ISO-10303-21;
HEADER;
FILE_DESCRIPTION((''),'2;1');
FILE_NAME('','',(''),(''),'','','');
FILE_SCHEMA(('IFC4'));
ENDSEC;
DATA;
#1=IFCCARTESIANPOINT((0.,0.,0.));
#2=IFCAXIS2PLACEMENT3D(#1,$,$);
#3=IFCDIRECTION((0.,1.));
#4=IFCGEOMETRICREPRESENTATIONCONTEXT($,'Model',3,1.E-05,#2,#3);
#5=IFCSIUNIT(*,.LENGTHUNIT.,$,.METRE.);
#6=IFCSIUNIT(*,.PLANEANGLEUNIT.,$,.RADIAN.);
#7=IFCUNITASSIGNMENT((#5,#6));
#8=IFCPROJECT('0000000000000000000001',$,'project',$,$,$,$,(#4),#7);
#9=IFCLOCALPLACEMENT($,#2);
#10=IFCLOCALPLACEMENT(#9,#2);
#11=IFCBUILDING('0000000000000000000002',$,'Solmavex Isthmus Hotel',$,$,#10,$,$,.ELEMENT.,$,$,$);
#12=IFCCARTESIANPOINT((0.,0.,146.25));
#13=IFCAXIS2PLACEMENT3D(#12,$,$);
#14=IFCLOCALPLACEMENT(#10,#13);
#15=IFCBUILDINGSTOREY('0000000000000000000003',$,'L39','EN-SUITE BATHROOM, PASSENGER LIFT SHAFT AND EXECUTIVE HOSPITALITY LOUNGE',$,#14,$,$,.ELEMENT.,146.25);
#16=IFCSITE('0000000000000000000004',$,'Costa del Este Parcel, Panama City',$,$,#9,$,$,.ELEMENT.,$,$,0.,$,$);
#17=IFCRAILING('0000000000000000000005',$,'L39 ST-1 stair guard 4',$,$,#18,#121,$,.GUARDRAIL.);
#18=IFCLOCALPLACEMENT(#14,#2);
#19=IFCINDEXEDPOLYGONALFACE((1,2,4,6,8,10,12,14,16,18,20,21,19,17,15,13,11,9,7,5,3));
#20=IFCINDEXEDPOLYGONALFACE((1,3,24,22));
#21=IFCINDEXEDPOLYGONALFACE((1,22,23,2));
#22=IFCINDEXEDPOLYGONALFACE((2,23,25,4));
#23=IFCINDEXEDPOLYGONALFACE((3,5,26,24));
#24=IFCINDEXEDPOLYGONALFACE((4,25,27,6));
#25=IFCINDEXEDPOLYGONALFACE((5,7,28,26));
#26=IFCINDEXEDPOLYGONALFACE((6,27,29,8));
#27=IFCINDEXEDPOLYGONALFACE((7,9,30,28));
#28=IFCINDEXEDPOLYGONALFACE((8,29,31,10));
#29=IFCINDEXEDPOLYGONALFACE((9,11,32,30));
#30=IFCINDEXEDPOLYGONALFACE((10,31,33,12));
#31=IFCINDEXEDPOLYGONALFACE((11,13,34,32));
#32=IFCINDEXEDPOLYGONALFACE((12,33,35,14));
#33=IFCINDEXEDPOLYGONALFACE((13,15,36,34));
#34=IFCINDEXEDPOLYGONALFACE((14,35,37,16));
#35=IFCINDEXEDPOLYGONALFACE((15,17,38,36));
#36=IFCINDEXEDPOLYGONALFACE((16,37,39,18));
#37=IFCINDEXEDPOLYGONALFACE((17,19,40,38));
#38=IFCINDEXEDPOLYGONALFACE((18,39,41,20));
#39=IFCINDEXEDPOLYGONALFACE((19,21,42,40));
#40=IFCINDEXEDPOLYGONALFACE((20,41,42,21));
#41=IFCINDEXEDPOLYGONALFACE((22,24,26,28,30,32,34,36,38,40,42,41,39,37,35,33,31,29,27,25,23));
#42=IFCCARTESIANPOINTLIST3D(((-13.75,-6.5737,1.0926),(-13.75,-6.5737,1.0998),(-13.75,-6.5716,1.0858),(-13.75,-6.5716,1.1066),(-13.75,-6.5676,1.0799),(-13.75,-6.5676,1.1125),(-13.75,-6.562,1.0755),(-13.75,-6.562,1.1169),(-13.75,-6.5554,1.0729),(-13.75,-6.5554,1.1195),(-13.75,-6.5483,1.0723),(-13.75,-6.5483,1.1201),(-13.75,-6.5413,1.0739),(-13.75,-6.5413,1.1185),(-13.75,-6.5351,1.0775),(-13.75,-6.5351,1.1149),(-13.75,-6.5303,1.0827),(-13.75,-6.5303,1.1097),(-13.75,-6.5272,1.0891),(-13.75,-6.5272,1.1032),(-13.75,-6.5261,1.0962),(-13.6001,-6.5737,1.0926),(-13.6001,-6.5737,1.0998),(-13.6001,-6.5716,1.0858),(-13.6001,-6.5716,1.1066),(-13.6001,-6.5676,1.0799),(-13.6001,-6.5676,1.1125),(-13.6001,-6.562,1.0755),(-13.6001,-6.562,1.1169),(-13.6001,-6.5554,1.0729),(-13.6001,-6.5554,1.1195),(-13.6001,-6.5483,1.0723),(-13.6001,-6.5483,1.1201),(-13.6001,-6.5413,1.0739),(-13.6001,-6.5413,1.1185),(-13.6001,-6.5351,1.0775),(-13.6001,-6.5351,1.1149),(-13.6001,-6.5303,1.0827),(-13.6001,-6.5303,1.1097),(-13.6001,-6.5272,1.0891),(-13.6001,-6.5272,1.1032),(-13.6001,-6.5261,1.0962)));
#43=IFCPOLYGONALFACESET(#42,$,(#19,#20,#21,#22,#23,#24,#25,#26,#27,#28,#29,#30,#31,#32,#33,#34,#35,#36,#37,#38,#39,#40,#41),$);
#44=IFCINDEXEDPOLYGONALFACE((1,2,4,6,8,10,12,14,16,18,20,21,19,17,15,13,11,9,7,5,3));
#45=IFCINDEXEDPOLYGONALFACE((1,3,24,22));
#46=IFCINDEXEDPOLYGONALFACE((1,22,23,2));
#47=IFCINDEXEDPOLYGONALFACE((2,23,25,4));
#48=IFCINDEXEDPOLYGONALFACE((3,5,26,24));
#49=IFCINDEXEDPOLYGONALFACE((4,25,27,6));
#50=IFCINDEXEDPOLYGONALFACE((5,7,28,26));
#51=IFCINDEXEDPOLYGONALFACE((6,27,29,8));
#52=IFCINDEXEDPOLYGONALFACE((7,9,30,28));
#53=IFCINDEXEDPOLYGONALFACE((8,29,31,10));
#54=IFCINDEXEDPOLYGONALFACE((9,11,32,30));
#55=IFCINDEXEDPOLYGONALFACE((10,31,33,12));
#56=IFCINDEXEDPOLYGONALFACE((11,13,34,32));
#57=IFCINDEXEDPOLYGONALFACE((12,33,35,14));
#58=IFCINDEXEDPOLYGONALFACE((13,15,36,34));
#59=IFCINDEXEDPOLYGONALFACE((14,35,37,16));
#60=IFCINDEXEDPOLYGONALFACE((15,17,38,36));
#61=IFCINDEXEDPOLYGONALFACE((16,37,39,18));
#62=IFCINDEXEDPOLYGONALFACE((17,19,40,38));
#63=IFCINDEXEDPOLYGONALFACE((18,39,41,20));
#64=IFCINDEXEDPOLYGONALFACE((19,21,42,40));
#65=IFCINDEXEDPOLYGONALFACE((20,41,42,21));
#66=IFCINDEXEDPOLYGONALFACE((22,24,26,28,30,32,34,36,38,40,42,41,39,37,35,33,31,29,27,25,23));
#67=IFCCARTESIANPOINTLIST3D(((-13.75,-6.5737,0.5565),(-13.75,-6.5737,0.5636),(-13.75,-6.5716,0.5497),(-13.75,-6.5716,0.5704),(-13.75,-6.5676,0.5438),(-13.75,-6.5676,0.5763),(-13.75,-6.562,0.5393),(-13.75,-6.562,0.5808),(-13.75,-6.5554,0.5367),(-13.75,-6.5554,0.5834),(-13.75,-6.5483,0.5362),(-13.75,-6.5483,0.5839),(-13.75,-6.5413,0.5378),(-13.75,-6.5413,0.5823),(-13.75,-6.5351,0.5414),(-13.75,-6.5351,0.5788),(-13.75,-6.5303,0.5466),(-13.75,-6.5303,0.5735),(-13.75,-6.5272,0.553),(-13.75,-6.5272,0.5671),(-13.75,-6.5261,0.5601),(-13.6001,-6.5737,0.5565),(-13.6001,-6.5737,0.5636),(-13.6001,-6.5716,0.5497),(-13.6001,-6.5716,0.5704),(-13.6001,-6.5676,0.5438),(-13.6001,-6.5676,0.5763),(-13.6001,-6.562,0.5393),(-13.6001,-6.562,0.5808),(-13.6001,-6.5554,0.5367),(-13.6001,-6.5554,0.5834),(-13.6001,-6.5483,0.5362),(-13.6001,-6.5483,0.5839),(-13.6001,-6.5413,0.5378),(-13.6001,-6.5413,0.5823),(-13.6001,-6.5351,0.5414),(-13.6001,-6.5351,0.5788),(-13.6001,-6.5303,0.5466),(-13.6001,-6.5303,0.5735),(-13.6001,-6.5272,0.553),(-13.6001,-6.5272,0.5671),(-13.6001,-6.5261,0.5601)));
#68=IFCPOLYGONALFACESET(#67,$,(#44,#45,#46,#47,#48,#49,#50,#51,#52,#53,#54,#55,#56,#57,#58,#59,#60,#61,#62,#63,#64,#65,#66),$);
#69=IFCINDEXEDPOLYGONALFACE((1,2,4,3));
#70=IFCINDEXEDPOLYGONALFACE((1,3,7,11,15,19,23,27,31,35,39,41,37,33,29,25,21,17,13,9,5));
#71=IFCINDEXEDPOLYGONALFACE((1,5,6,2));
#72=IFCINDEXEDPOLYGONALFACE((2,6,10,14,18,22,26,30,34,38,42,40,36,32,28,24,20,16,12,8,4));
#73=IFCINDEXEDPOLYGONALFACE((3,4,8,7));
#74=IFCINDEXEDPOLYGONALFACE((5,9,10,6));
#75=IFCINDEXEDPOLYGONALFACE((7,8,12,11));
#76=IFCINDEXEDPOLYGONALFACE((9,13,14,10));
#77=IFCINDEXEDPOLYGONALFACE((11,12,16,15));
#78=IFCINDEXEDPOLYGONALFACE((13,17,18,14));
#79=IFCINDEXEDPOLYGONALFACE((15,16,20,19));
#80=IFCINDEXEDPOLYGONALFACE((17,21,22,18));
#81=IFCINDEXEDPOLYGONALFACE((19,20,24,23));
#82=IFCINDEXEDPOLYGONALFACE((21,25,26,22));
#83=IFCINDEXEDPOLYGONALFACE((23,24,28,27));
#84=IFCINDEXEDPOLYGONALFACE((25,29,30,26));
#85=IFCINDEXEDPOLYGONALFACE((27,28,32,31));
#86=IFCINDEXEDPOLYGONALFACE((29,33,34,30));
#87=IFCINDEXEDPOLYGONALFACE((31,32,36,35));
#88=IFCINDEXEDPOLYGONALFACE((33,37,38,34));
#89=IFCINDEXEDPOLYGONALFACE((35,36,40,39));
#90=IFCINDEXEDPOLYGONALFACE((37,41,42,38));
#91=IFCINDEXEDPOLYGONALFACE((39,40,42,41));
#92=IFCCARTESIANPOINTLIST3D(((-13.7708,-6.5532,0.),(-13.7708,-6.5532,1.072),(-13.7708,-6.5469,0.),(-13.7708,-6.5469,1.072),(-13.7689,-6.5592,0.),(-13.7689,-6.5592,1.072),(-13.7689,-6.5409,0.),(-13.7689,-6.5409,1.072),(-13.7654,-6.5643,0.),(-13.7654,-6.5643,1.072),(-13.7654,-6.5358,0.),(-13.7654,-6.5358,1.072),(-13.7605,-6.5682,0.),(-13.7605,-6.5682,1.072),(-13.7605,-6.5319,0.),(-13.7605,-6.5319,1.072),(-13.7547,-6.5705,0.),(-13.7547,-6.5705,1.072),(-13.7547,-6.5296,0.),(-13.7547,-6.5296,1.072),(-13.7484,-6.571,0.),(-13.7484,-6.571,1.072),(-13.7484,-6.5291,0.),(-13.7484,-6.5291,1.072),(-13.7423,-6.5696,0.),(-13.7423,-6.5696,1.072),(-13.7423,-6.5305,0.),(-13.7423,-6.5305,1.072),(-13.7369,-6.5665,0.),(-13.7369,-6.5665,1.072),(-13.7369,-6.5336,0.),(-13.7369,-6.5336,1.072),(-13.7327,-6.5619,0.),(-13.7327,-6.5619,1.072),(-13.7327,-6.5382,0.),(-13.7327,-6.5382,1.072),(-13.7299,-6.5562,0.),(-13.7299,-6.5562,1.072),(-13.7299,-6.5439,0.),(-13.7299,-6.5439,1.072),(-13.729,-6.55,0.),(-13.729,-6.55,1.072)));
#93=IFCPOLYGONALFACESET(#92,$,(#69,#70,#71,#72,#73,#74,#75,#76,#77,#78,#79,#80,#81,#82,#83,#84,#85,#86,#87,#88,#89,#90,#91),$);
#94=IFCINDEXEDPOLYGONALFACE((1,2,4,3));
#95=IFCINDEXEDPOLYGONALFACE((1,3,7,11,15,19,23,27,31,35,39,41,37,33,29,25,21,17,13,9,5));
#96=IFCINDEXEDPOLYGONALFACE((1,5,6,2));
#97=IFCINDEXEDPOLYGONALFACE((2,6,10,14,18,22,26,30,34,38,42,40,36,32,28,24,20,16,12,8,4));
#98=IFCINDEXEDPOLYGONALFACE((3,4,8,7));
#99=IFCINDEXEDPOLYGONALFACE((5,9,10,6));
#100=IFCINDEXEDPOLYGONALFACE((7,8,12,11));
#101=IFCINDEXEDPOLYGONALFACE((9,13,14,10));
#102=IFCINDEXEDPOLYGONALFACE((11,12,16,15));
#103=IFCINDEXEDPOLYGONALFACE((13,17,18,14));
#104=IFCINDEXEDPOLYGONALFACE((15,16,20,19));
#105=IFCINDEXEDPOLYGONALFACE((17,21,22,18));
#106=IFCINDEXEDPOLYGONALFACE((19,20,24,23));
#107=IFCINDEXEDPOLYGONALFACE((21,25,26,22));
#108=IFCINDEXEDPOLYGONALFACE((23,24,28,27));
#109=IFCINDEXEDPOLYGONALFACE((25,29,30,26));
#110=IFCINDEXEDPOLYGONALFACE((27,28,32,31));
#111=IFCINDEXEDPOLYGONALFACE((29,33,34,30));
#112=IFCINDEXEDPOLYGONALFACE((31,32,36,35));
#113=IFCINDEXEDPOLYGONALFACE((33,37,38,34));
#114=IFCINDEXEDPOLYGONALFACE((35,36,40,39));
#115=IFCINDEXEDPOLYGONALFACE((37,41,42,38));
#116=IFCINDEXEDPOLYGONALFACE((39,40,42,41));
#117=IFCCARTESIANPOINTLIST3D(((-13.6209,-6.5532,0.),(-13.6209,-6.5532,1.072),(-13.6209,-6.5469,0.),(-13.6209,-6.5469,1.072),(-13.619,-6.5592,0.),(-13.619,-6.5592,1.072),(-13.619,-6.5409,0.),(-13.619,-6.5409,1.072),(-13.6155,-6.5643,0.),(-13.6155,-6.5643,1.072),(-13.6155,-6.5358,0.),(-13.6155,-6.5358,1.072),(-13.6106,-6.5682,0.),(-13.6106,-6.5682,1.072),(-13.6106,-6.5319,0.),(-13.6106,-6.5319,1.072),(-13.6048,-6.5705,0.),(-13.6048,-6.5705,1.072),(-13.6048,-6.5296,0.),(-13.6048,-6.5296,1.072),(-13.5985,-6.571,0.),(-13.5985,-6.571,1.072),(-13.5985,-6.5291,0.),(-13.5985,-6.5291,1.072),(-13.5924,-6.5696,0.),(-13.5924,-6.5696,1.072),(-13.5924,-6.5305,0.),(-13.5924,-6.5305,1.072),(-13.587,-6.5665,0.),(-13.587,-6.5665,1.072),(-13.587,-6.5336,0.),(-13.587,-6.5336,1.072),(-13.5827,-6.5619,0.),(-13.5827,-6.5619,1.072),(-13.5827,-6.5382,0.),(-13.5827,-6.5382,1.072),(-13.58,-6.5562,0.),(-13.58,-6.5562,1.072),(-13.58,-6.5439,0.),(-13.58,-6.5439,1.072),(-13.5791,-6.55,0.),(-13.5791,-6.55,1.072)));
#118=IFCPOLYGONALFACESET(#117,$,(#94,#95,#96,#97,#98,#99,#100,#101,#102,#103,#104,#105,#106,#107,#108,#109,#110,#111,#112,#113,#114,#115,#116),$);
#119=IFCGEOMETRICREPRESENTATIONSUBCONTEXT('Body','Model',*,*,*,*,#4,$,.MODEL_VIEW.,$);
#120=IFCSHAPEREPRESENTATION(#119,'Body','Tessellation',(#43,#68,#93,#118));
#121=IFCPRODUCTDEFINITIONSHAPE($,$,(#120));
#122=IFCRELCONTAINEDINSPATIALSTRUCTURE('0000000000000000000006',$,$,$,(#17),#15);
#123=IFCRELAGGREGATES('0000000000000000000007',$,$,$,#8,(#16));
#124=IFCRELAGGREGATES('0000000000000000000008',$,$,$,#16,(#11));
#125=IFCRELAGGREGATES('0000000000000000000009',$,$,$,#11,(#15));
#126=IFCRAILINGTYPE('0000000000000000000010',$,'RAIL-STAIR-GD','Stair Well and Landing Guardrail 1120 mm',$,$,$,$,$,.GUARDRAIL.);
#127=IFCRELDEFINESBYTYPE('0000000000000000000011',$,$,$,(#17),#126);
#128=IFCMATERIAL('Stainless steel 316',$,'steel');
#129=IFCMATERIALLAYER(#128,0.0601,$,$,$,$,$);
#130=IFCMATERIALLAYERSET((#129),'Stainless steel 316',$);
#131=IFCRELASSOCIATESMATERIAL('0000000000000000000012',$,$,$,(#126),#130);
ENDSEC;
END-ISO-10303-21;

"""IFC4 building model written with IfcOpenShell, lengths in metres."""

from ifc_helpers import new_model, si_unit, direction, frame, origin, origin_2d, place, context, subcontext, project, spatial, circle, extrude, material, layer, layer_set, type_object, element, save


model = new_model("IFC4")

# Units and contexts
model_context = context("Model", 3, precision=1e-05, world=origin(), true_north=direction((0.0, 1.0)))
body_context = subcontext(model_context, "Body", "Model", "MODEL_VIEW")
ifc_project = project(units=[si_unit("LENGTHUNIT", "METRE"), si_unit("PLANEANGLEUNIT", "RADIAN")], contexts=[model_context])

# Site, building, storey
site_placement = place(None, origin())
site = spatial("IfcSite", under=ifc_project, at=site_placement, Name="Costa del Este Parcel, Panama City", CompositionType="ELEMENT", RefElevation=0.0)
building_placement = place(site_placement, origin())
building = spatial("IfcBuilding", under=site, at=building_placement, Name="Solmavex Isthmus Hotel", CompositionType="ELEMENT")
storey_placement = place(building_placement, frame((0.0, 0.0, 146.25)))
storey = spatial("IfcBuildingStorey", under=building, at=storey_placement, Name="L39", Description="EN-SUITE BATHROOM, PASSENGER LIFT SHAFT AND EXECUTIVE HOSPITALITY LOUNGE", CompositionType="ELEMENT", Elevation=146.25)

# Railing
ifc_material_1 = material(Name="Stainless steel 316", Category="steel")
ifc_layer_1 = layer(ifc_material_1, 0.0601)
ifc_layer_set_1 = layer_set([ifc_layer_1], Name="Stainless steel 316")
railing_type_1 = type_object("IfcRailingType", Name="RAIL-STAIR-GD", Description="Stair Well and Landing Guardrail 1120 mm", PredefinedType="GUARDRAIL", material=ifc_layer_set_1)
railing_1_placement = place(storey_placement, frame((-13.75, -6.55, 0.0)))
element("IfcRailing", 1, at=railing_1_placement, inside=storey, type_object=railing_type_1, Name="L39 ST-1 stair guard 4", PredefinedType="GUARDRAIL", context=body_context, shape_type="SweptSolid", body=[
    extrude(circle(Radius=0.0239, at=origin_2d()), frame((0.0, 0.0, 1.0962), z_axis=(1.0, 0.0, 0.0), x_axis=(0.0, 1.0, 0.0)), (0.0, 0.0, 1.0), 0.1499),
    extrude(circle(Radius=0.0239, at=origin_2d()), frame((0.0, 0.0, 0.5601), z_axis=(1.0, 0.0, 0.0), x_axis=(0.0, 1.0, 0.0)), (0.0, 0.0, 1.0), 0.1499),
    extrude(circle(Radius=0.021, at=origin_2d()), origin(), (0.0, 0.0, 1.0), 1.072),
    extrude(circle(Radius=0.021, at=origin_2d()), frame((0.1499, 0.0, 0.0)), (0.0, 0.0, 1.0), 1.072),
])

save(model, "model.ifc")
